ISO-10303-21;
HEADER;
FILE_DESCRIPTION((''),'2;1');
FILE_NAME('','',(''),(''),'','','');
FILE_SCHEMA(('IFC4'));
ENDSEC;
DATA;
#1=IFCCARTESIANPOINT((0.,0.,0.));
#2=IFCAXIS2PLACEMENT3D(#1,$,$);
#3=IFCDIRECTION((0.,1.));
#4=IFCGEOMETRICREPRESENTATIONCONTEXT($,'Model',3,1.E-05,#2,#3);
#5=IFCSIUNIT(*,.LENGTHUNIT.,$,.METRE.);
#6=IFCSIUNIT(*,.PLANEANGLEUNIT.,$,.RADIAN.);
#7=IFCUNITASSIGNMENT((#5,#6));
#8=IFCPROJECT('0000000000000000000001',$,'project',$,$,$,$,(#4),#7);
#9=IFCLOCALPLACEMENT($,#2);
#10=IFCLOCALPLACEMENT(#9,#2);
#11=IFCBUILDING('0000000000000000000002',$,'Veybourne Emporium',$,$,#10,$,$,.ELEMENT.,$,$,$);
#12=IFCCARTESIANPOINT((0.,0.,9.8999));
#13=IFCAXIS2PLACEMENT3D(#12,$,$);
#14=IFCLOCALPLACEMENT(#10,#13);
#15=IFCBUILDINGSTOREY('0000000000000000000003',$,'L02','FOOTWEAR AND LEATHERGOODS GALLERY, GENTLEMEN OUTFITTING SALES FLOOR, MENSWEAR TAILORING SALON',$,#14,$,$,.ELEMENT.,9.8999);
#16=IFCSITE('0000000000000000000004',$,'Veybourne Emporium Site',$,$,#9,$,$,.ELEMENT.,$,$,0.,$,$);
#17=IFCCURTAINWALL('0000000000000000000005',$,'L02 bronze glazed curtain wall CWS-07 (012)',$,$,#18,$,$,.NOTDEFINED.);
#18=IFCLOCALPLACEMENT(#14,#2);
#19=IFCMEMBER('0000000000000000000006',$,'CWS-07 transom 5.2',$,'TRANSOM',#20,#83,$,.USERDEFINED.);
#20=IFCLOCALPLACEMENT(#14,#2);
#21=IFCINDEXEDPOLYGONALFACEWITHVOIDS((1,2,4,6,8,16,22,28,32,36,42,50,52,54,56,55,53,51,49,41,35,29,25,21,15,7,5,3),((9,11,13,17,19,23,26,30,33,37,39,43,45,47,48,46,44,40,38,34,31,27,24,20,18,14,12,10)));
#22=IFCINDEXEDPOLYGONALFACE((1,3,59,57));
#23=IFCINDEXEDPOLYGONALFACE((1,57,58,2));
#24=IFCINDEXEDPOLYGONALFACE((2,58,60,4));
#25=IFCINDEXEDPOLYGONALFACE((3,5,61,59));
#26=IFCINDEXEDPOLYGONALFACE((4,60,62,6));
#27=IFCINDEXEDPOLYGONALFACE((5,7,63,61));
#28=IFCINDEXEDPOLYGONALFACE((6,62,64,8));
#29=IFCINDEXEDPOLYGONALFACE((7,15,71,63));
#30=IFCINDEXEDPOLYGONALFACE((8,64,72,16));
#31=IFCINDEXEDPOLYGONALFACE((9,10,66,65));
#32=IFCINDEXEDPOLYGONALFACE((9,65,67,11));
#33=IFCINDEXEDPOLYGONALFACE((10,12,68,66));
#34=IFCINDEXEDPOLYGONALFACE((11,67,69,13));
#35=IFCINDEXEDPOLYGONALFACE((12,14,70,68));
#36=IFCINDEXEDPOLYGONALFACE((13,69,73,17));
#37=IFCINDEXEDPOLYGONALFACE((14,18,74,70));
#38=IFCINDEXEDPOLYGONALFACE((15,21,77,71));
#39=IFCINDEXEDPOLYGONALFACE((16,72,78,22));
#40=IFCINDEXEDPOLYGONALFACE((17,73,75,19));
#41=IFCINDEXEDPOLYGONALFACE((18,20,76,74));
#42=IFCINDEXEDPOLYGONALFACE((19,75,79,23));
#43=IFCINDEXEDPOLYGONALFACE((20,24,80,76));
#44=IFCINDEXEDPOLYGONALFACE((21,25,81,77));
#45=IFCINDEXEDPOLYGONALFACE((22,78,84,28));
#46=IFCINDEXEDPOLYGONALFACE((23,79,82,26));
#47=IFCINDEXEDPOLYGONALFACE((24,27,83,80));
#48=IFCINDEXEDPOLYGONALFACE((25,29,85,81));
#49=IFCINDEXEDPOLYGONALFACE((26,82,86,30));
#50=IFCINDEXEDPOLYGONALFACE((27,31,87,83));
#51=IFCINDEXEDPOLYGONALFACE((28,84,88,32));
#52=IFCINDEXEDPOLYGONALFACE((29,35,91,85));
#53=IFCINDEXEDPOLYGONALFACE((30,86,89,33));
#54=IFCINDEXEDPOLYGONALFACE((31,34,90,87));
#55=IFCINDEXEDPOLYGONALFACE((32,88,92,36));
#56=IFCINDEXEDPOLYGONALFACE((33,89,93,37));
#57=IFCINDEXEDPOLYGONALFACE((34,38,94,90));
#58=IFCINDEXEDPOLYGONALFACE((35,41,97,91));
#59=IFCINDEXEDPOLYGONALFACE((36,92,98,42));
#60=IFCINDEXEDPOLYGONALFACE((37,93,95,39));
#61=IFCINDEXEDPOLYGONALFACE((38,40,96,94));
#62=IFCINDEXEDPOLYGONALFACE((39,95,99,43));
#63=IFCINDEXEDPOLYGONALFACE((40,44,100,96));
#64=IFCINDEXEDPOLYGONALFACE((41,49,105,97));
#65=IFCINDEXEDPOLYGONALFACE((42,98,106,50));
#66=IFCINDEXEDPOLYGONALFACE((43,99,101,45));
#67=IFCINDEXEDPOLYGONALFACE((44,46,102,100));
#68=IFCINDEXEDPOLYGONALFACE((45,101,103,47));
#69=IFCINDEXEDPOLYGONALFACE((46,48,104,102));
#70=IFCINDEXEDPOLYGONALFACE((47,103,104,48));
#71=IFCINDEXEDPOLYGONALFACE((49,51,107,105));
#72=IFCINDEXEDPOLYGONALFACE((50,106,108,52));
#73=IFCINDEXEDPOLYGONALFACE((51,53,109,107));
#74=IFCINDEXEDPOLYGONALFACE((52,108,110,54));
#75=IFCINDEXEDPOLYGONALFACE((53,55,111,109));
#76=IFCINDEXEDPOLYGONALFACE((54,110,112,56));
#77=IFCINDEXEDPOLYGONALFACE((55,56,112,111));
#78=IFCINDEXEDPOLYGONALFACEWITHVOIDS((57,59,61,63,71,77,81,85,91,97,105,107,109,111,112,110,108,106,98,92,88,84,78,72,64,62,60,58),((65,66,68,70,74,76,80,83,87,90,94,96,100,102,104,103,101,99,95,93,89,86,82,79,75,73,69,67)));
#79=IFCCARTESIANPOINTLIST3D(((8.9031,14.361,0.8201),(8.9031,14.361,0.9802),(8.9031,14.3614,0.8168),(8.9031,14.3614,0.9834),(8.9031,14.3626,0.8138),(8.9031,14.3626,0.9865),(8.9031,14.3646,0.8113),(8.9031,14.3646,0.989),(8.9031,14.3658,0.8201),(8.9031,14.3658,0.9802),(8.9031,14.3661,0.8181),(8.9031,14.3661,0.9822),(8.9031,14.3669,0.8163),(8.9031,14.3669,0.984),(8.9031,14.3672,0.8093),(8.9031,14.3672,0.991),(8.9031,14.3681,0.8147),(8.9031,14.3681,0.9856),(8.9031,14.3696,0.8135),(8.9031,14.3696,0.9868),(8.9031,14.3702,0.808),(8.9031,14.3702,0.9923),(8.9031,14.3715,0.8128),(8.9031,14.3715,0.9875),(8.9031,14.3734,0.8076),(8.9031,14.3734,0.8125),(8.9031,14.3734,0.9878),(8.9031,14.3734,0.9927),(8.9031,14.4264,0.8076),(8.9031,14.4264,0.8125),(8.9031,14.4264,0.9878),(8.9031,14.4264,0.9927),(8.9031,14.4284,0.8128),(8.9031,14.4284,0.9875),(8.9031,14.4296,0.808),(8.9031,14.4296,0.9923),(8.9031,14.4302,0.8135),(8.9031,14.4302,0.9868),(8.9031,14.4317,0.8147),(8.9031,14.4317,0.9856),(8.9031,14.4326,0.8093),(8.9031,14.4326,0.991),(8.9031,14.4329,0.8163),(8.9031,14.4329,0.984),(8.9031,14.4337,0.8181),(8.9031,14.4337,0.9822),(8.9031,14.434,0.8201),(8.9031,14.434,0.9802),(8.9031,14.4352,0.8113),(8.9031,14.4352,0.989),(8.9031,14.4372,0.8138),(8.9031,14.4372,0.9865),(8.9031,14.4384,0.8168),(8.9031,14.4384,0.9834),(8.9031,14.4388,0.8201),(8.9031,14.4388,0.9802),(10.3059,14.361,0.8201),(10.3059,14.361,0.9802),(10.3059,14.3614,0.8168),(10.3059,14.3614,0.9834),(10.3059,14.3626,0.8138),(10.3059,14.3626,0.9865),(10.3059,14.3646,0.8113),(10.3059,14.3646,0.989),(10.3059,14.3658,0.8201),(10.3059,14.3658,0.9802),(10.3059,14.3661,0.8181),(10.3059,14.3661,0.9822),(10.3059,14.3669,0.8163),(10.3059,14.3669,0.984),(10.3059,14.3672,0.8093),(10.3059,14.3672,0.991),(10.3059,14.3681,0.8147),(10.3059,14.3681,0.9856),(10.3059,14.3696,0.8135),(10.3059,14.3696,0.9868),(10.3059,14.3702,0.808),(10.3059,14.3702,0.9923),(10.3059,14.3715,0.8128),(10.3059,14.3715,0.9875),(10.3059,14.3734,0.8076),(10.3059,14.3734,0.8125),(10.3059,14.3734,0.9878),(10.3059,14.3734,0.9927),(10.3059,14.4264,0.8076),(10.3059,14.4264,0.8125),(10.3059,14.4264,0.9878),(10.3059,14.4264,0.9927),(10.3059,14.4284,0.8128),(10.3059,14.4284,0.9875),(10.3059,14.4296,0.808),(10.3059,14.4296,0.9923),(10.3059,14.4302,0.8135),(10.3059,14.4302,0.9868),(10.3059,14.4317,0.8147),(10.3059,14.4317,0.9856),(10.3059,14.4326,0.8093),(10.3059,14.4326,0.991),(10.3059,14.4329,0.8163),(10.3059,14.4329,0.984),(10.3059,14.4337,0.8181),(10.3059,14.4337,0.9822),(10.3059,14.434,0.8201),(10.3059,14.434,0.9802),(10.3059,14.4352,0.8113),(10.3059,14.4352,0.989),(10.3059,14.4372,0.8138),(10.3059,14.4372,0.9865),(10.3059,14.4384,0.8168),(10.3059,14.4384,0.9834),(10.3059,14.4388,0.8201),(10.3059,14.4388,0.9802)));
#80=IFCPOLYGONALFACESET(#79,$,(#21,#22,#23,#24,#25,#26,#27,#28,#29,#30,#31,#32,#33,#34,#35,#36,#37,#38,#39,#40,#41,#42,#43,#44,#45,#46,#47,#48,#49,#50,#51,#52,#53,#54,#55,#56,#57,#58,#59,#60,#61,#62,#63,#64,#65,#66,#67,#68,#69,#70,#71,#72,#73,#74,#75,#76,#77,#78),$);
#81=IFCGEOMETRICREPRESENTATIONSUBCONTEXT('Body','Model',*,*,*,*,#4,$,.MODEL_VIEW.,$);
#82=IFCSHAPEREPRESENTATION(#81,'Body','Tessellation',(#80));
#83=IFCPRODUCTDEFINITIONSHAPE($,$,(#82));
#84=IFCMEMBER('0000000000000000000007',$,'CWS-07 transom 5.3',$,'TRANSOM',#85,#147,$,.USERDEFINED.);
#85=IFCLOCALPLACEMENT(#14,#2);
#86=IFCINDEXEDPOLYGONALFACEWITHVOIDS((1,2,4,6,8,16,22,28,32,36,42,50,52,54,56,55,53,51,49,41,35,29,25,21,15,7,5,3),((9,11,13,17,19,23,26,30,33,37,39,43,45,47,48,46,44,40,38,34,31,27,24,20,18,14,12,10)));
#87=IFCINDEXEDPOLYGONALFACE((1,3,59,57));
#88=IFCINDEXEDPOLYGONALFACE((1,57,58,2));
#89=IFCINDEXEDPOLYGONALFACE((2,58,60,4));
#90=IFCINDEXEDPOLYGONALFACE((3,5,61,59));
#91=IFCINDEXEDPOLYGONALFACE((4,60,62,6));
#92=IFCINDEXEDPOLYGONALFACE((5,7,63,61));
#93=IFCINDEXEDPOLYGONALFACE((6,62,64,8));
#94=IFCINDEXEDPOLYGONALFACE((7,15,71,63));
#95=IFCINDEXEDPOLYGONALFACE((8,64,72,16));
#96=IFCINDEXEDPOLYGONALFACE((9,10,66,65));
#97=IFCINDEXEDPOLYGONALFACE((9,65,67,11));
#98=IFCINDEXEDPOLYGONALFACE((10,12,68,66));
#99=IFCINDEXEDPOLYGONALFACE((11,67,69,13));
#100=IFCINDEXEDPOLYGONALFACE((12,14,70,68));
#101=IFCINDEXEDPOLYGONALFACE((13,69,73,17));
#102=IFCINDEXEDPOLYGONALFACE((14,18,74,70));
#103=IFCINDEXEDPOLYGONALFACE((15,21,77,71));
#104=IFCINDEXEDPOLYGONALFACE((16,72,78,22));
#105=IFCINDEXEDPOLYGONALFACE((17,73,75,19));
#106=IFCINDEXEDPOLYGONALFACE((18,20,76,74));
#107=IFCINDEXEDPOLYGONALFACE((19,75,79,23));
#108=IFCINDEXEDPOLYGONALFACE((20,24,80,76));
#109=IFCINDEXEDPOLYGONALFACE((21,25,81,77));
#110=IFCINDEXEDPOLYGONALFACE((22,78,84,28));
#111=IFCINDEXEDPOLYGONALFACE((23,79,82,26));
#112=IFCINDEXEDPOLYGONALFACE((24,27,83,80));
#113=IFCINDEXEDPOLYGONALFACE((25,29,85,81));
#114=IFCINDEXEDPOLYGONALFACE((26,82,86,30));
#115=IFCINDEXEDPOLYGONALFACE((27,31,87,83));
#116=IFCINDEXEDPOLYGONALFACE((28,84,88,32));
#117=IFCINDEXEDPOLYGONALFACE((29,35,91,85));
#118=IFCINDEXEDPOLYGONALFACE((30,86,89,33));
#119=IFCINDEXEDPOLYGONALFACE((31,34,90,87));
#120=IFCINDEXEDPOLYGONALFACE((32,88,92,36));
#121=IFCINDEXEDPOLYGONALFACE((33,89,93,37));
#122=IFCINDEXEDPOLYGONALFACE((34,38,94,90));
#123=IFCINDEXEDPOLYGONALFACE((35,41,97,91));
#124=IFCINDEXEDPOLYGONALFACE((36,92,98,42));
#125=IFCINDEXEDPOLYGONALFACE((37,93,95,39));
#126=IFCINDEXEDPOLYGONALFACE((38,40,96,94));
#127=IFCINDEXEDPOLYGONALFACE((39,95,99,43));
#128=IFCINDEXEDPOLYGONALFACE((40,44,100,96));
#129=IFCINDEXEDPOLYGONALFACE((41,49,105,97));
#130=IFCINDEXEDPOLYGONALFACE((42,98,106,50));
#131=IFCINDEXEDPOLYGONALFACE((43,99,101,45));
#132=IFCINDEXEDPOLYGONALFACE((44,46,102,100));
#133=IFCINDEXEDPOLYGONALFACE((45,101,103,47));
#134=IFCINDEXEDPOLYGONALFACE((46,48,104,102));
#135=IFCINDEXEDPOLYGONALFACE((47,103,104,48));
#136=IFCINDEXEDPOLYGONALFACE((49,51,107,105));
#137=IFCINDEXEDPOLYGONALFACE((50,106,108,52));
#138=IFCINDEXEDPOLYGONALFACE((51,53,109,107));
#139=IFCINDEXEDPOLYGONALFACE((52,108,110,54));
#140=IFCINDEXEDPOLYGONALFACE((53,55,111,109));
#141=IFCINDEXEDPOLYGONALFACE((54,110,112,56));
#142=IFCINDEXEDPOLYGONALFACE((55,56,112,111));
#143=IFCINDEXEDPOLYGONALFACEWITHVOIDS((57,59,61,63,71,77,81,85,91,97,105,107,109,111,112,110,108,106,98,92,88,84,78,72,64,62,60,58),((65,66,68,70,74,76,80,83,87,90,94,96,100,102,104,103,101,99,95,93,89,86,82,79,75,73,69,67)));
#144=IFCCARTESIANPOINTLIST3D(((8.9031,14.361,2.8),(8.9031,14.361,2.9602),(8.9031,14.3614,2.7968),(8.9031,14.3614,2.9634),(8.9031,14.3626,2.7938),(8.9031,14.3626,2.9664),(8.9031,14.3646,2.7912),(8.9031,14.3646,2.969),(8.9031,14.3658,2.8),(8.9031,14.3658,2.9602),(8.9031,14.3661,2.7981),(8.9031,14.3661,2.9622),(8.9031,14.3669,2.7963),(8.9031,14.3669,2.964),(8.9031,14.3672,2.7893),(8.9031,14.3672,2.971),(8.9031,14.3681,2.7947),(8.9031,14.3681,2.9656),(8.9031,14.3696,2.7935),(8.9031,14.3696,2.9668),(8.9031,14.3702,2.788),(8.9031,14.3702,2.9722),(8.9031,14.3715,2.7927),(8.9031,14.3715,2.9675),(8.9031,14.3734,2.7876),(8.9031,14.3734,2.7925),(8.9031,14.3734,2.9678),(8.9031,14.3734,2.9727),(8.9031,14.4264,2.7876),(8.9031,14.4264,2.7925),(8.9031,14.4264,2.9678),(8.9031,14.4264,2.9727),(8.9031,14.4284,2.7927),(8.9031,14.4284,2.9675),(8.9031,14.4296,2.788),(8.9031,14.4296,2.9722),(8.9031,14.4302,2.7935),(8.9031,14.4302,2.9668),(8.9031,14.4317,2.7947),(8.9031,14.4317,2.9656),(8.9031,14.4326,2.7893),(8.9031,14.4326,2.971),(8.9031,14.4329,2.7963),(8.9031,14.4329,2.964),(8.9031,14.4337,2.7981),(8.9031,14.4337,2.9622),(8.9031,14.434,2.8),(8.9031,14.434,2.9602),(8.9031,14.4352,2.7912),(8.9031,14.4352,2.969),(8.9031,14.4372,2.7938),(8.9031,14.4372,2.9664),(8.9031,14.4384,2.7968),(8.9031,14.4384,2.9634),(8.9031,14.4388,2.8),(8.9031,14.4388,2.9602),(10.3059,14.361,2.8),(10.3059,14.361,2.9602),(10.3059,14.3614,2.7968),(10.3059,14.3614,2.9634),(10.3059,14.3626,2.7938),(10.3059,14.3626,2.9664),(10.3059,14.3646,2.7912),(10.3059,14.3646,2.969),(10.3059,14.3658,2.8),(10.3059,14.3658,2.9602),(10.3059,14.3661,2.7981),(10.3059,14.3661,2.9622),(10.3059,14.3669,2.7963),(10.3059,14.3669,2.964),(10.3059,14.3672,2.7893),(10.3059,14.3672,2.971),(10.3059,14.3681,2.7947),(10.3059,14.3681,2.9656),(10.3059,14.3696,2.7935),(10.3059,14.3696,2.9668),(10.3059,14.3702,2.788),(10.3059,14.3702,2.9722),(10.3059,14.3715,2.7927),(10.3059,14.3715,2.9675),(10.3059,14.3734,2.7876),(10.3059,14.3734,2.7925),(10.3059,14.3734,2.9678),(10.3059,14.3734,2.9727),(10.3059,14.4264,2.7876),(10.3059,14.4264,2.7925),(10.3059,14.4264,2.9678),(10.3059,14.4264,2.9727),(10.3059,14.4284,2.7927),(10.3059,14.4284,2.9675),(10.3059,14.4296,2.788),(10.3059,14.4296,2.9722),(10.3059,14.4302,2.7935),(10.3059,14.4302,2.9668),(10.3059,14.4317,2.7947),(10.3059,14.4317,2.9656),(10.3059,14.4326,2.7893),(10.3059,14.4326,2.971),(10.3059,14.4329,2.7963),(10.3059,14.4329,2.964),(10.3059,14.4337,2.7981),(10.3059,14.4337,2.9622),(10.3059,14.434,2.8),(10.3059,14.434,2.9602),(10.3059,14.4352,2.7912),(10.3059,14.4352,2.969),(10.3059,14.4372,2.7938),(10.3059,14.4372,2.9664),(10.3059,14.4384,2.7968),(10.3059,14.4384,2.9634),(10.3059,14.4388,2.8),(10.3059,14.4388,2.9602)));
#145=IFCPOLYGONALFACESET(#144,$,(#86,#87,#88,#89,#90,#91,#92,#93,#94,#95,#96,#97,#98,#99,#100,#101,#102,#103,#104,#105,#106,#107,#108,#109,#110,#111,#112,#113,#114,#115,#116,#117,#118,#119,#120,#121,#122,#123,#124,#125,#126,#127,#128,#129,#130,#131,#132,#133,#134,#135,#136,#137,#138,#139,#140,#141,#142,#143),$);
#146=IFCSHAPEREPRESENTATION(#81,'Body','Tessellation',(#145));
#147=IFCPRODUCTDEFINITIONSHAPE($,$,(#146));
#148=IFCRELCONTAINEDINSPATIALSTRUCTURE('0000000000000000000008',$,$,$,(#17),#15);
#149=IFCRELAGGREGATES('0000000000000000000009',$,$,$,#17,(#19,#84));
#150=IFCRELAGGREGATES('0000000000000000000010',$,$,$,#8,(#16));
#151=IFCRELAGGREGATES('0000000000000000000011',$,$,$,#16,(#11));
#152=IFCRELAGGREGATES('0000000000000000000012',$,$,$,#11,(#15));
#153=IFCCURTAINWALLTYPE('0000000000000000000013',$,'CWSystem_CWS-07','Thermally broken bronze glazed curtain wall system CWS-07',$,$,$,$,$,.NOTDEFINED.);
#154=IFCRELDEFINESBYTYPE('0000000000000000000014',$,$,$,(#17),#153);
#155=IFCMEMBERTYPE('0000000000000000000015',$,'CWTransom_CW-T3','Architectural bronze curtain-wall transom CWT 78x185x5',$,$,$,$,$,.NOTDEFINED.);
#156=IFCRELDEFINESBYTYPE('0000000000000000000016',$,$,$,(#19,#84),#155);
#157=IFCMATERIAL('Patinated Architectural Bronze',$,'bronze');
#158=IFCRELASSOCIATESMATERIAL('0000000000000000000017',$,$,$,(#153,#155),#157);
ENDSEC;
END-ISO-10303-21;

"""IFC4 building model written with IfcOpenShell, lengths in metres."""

from ifc_helpers import new_model, si_unit, direction, frame, origin, origin_2d, place, context, subcontext, project, spatial, hollow_rectangle, extrude, material, material_profile, profile_set, type_object, element, aggregate, save


model = new_model("IFC4")

# Units and contexts
model_context = context("Model", 3, precision=1e-05, world=origin(), true_north=direction((0.0, 1.0)))
body_context = subcontext(model_context, "Body", "Model", "MODEL_VIEW")
ifc_project = project(units=[si_unit("LENGTHUNIT", "METRE"), si_unit("PLANEANGLEUNIT", "RADIAN")], contexts=[model_context])

# Site, building, storey
site_placement = place(None, origin())
site = spatial("IfcSite", under=ifc_project, at=site_placement, Name="Veybourne Emporium Site", CompositionType="ELEMENT", RefElevation=0.0)
building_placement = place(site_placement, origin())
building = spatial("IfcBuilding", under=site, at=building_placement, Name="Veybourne Emporium", CompositionType="ELEMENT")
storey_placement = place(building_placement, frame((0.0, 0.0, 9.8999)))
storey = spatial("IfcBuildingStorey", under=building, at=storey_placement, Name="L02", Description="FOOTWEAR AND LEATHERGOODS GALLERY, GENTLEMEN OUTFITTING SALES FLOOR, MENSWEAR TAILORING SALON", CompositionType="ELEMENT", Elevation=9.8999)

# Curtain wall, members
ifc_material_1 = material(Name="Patinated Architectural Bronze", Category="bronze")
curtain_wall_type = type_object("IfcCurtainWallType", Name="CWSystem_CWS-07", Description="Thermally broken bronze glazed curtain wall system CWS-07", PredefinedType="NOTDEFINED", material=ifc_material_1)
curtain_wall_placement = place(storey_placement, origin())
curtain_wall = element("IfcCurtainWall", 1, at=curtain_wall_placement, inside=storey, type_object=curtain_wall_type, Name="L02 bronze glazed curtain wall CWS-07 (012)", PredefinedType="NOTDEFINED")
ifc_material_profile_1 = material_profile(ifc_material_1, hollow_rectangle(XDim=0.0779, YDim=0.1851, WallThickness=0.0049, InnerFilletRadius=0.0076, OuterFilletRadius=0.0125, at=origin_2d()), Name="CWT 78x185x5")
ifc_profile_set_1 = profile_set([ifc_material_profile_1], Name="Patinated Architectural Bronze")
member_type_1 = type_object("IfcMemberType", Name="CWTransom_CW-T3", Description="Architectural bronze curtain-wall transom CWT 78x185x5", PredefinedType="NOTDEFINED", material=ifc_profile_set_1)
member_1_placement = place(storey_placement, frame((10.3059, 14.3999, 0.9001), z_axis=(-1.0, 0.0, 0.0), x_axis=(0.0, -1.0, 0.0)))
member_1 = element("IfcMember", 2, at=member_1_placement, type_object=member_type_1, Name="CWS-07 transom 5.2", ObjectType="TRANSOM", PredefinedType="USERDEFINED", context=body_context, shape_type="SweptSolid", body=[
    extrude(hollow_rectangle(XDim=0.0779, YDim=0.1851, WallThickness=0.0049, InnerFilletRadius=0.0076, OuterFilletRadius=0.0125, at=origin_2d()), origin(), (0.0, 0.0, 1.0), 1.4028),
])
member_2_placement = place(storey_placement, frame((10.3059, 14.3999, 2.8801), z_axis=(-1.0, 0.0, 0.0), x_axis=(0.0, -1.0, 0.0)))
member_2 = element("IfcMember", 3, at=member_2_placement, type_object=member_type_1, Name="CWS-07 transom 5.3", ObjectType="TRANSOM", PredefinedType="USERDEFINED", context=body_context, shape_type="SweptSolid", body=[
    extrude(hollow_rectangle(XDim=0.0779, YDim=0.1851, WallThickness=0.0049, InnerFilletRadius=0.0076, OuterFilletRadius=0.0125, at=origin_2d()), origin(), (0.0, 0.0, 1.0), 1.4028),
])

aggregate(curtain_wall, [member_1, member_2])

save(model, "model.ifc")
